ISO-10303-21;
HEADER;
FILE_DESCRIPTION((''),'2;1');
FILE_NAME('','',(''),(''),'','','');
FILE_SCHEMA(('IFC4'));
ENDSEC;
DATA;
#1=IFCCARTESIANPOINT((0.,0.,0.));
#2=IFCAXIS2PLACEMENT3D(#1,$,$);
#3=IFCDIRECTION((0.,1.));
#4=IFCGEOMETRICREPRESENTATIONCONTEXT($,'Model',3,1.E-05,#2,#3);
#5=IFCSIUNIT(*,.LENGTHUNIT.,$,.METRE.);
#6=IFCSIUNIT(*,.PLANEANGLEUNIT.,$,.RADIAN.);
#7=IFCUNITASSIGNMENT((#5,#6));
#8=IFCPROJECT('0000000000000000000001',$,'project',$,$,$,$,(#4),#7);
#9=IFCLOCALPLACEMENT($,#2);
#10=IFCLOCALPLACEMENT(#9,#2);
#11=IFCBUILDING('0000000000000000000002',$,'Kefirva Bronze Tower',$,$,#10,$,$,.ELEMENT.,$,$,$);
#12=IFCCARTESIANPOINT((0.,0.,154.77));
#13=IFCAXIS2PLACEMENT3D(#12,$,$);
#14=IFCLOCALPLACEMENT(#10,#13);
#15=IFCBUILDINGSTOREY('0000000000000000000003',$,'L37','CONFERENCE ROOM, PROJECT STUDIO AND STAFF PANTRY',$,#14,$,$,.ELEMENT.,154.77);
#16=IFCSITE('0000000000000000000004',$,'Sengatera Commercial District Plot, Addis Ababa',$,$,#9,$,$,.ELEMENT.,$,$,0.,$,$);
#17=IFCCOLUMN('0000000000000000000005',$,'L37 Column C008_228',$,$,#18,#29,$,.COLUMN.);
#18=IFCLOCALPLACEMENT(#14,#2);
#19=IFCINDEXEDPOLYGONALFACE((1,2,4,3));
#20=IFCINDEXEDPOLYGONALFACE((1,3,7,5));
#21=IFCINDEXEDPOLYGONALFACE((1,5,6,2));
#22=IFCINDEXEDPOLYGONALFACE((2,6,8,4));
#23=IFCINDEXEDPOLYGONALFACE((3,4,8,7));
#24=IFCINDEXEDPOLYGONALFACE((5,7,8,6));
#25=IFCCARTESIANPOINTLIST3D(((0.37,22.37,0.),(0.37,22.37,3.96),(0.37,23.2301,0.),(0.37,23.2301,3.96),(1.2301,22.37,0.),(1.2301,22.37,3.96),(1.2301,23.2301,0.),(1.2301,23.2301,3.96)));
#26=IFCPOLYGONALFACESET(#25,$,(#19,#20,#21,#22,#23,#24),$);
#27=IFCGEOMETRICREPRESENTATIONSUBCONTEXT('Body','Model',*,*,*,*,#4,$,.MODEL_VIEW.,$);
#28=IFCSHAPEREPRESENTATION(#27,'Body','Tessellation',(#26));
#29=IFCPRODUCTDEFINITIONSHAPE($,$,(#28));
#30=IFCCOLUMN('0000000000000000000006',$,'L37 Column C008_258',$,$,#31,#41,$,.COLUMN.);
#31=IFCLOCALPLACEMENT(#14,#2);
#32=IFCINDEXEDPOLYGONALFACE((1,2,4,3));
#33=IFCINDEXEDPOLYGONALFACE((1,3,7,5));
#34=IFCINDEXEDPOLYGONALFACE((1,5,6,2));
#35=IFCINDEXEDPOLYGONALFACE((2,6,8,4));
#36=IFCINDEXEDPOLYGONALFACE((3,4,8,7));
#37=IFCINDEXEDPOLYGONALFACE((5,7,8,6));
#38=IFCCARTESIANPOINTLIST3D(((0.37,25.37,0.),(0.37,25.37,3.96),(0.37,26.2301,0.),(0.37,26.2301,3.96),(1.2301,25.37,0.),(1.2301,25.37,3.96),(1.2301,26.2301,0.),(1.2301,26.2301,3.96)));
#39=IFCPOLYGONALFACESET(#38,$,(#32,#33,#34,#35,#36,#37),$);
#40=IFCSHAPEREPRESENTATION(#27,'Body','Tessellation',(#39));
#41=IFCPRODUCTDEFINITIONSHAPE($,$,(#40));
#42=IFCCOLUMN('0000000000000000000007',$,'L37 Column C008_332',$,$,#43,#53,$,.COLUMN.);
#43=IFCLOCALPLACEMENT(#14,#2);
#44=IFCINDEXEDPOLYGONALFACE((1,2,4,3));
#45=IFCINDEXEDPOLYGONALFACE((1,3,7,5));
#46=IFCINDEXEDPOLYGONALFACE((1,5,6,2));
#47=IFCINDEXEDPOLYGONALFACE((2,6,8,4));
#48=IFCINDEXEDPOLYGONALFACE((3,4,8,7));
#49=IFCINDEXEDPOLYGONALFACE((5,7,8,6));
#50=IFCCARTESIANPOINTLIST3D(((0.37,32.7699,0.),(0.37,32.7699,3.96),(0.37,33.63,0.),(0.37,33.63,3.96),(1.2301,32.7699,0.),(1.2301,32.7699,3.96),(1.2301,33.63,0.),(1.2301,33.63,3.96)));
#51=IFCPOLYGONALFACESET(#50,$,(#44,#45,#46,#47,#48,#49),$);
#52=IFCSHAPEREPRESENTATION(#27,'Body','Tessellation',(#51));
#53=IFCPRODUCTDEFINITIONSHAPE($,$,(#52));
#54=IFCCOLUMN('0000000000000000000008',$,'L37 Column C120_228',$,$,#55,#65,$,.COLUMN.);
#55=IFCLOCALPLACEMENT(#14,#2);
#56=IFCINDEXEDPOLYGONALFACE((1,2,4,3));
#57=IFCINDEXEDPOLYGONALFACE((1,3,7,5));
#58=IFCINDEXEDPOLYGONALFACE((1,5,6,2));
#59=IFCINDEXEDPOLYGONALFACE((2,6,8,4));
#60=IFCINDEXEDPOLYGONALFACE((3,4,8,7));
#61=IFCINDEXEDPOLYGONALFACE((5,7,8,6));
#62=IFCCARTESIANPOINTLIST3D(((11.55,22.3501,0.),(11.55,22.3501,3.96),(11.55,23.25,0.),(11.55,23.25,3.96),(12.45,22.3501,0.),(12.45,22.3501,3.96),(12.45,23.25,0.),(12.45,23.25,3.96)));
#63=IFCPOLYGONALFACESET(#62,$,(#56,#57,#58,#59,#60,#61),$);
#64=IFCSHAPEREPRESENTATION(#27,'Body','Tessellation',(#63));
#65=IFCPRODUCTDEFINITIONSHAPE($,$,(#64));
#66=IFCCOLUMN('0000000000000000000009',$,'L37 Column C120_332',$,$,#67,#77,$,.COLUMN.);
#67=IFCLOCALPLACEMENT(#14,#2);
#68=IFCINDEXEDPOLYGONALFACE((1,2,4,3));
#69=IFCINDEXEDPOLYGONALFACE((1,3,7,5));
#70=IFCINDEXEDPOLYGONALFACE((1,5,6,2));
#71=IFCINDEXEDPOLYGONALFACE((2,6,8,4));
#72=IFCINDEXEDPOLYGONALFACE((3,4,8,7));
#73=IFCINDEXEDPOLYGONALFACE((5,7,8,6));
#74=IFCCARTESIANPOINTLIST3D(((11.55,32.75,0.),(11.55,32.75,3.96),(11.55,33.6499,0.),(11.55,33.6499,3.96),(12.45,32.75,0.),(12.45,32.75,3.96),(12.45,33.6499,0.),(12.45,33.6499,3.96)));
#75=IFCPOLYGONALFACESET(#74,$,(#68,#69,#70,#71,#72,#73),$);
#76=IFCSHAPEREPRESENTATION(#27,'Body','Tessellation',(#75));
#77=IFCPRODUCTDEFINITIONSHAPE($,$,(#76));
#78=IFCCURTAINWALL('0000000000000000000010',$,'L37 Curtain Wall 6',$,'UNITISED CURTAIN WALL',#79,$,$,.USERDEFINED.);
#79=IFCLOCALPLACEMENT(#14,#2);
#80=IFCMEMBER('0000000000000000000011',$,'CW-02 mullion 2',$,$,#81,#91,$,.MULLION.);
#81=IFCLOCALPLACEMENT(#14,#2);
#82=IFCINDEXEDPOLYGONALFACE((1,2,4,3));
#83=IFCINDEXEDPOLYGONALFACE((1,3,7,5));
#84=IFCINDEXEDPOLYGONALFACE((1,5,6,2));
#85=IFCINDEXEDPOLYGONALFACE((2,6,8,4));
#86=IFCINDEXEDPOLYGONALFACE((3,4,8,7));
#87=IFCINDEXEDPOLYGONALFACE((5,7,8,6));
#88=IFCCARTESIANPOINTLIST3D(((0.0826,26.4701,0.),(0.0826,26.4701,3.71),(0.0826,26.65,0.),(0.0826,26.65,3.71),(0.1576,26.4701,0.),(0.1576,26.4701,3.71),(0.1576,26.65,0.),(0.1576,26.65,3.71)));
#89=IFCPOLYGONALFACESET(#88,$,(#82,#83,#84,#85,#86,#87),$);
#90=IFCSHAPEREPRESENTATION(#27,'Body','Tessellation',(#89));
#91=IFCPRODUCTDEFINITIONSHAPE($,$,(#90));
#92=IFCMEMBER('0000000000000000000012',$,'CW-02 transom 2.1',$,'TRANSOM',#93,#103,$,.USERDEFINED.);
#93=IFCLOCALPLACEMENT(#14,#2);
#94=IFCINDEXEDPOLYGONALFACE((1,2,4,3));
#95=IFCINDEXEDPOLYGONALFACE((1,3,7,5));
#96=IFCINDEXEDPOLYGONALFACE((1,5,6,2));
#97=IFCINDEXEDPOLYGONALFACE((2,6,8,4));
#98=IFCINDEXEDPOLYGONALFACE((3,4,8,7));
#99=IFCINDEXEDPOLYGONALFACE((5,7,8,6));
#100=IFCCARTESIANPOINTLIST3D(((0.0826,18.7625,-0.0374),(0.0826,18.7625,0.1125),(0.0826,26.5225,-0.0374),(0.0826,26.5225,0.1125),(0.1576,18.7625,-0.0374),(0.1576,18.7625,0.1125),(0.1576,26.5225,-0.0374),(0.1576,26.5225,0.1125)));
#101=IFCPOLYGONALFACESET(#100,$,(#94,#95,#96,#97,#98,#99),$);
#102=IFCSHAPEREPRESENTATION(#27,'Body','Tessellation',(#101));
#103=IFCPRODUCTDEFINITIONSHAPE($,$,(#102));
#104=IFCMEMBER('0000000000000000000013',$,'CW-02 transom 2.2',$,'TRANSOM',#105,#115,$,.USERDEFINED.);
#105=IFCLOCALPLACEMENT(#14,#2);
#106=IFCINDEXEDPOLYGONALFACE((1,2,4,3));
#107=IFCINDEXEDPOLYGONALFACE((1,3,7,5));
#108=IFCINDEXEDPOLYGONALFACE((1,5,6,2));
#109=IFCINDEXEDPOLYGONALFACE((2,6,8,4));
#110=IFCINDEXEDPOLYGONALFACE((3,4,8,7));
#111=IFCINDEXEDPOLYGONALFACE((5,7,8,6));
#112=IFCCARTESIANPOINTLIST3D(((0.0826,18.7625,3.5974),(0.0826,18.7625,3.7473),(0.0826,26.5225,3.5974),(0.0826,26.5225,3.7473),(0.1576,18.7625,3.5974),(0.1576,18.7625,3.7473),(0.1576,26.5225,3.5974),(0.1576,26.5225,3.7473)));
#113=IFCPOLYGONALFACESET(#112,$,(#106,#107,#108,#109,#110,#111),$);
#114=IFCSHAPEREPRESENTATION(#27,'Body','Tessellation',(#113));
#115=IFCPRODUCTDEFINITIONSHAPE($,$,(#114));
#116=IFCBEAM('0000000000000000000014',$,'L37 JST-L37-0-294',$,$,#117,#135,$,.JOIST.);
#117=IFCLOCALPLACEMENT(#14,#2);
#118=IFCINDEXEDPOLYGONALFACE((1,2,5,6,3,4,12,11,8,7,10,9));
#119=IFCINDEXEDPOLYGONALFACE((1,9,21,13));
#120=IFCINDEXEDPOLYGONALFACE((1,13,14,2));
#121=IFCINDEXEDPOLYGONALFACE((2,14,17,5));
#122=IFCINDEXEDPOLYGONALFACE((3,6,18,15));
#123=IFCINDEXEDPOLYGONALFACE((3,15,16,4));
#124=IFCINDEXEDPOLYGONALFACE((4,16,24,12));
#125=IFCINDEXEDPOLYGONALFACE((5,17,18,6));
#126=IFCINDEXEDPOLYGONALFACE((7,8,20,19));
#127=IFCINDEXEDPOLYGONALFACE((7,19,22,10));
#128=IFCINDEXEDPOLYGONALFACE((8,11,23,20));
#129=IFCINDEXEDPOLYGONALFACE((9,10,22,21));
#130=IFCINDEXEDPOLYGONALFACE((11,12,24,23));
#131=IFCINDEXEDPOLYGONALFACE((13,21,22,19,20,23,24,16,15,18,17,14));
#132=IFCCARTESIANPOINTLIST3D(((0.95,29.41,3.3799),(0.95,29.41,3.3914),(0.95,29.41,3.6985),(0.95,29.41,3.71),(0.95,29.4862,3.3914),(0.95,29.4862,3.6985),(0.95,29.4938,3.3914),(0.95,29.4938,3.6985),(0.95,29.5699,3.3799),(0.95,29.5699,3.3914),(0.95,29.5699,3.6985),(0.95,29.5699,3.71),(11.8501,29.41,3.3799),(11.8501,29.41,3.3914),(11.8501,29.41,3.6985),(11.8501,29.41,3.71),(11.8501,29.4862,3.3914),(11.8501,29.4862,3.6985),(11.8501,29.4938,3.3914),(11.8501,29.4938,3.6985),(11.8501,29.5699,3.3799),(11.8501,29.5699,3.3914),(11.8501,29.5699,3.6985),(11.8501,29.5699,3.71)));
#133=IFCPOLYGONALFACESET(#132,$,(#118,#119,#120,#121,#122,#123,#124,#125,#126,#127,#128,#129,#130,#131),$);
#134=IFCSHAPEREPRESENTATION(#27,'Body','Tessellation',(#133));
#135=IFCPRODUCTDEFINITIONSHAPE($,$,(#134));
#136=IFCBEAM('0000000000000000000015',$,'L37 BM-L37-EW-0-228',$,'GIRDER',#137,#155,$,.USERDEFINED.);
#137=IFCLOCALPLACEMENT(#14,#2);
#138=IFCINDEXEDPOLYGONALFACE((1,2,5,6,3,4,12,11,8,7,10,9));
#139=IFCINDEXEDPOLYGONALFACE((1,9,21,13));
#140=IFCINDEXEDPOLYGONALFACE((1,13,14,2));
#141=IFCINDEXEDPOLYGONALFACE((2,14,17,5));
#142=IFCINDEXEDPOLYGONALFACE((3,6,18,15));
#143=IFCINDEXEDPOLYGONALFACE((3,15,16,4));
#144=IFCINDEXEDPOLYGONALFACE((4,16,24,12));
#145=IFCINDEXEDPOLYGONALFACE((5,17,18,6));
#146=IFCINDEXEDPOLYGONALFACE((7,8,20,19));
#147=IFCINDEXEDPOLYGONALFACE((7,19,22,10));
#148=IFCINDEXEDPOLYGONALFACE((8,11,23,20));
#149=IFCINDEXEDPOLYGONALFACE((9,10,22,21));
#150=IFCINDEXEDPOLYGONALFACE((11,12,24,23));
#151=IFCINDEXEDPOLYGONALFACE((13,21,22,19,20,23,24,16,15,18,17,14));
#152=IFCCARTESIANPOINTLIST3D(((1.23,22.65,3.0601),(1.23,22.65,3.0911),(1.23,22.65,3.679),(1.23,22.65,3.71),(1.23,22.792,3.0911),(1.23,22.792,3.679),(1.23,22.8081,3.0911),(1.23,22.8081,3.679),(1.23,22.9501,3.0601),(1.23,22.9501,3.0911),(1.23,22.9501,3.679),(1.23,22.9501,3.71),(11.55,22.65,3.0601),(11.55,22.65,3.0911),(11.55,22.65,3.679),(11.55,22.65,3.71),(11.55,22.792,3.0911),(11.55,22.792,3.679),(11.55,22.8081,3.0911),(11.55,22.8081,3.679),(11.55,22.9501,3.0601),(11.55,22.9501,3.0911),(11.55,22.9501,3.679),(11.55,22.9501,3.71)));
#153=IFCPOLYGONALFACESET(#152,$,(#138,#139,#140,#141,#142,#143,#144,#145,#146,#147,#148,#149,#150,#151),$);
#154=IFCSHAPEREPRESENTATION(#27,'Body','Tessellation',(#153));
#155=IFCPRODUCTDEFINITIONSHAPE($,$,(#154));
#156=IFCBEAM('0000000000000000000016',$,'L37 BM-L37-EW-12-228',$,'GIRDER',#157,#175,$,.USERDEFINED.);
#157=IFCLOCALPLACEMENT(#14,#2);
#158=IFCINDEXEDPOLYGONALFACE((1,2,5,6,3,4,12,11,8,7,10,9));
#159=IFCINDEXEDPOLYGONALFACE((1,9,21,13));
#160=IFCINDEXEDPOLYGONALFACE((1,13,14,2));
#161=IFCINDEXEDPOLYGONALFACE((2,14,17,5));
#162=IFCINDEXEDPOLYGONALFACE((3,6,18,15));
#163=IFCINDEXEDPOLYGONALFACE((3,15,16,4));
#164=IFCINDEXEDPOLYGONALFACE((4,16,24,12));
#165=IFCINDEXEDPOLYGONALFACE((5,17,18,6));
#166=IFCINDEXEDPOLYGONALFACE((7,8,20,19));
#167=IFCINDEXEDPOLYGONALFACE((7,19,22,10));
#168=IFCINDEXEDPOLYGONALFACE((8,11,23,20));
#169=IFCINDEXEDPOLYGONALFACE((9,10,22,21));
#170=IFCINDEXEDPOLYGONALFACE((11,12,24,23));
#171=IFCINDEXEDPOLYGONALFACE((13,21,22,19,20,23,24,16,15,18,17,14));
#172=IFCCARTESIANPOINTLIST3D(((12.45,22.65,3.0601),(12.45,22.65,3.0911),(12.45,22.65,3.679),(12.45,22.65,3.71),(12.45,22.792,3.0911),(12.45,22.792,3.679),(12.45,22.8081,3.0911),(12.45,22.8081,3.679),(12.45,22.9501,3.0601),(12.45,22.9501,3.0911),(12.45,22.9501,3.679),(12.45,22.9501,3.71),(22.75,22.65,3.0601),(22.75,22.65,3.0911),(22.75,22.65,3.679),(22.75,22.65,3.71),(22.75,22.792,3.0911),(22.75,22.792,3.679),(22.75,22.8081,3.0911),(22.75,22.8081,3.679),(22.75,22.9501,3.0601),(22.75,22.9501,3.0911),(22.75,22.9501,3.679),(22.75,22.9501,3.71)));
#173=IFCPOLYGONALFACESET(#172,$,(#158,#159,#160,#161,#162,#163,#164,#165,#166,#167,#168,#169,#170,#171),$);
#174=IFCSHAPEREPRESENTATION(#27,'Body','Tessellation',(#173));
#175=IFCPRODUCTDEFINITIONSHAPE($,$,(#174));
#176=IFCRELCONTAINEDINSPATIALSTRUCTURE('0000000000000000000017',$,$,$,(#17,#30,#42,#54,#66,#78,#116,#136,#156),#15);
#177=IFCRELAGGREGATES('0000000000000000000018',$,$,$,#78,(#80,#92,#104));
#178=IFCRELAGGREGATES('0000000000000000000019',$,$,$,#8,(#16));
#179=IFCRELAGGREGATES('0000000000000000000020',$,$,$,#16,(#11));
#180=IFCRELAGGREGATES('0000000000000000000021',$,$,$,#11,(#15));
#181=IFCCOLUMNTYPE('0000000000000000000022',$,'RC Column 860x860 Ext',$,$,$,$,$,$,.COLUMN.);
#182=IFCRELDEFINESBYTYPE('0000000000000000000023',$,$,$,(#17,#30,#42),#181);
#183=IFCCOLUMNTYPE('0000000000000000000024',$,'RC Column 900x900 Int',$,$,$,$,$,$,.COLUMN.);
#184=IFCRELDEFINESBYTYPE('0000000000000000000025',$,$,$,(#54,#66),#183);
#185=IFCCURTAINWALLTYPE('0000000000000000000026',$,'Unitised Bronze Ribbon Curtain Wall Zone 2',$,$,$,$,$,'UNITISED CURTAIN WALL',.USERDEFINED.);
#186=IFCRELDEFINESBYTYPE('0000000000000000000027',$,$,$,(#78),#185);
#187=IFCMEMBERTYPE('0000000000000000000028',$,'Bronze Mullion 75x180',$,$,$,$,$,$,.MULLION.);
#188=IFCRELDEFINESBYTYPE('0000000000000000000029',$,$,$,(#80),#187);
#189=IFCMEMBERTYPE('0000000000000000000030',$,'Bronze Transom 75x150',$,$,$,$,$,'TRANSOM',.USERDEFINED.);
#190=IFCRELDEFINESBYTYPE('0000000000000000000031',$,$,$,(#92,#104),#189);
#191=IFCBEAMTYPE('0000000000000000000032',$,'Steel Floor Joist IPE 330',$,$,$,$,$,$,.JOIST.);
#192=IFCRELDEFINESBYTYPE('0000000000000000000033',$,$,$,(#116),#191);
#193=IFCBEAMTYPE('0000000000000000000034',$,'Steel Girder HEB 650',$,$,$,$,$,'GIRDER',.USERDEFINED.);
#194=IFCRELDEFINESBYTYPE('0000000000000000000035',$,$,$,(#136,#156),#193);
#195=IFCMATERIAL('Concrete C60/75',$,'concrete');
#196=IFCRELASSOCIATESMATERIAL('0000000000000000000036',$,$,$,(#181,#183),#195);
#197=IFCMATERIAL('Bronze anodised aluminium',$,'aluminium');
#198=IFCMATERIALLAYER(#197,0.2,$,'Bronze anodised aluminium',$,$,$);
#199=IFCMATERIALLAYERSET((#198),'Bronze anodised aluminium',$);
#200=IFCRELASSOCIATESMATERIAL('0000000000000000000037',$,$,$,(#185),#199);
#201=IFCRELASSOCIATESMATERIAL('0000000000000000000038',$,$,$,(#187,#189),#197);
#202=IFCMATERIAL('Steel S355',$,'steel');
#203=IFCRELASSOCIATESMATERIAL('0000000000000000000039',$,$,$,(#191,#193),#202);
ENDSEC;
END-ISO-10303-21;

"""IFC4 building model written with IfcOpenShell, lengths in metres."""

from ifc_helpers import new_model, si_unit, direction, frame, origin, origin_2d, place, context, subcontext, project, spatial, rectangle, i_section, extrude, material, layer, layer_set, material_profile, profile_set, type_object, element, aggregate, save


model = new_model("IFC4")

# Units and contexts
model_context = context("Model", 3, precision=1e-05, world=origin(), true_north=direction((0.0, 1.0)))
body_context = subcontext(model_context, "Body", "Model", "MODEL_VIEW")
ifc_project = project(units=[si_unit("LENGTHUNIT", "METRE"), si_unit("PLANEANGLEUNIT", "RADIAN")], contexts=[model_context])

# Site, building, storey
site_placement = place(None, origin())
site = spatial("IfcSite", under=ifc_project, at=site_placement, Name="Sengatera Commercial District Plot, Addis Ababa", CompositionType="ELEMENT", RefElevation=0.0)
building_placement = place(site_placement, origin())
building = spatial("IfcBuilding", under=site, at=building_placement, Name="Kefirva Bronze Tower", CompositionType="ELEMENT")
storey_placement = place(building_placement, frame((0.0, 0.0, 154.77)))
storey = spatial("IfcBuildingStorey", under=building, at=storey_placement, Name="L37", Description="CONFERENCE ROOM, PROJECT STUDIO AND STAFF PANTRY", CompositionType="ELEMENT", Elevation=154.77)

# Columns
ifc_material_1 = material(Name="Concrete C60/75", Category="concrete")
ifc_material_profile_1 = material_profile(ifc_material_1, rectangle(XDim=0.8601, YDim=0.8601, at=origin_2d()), Name="RC 860x860")
ifc_profile_set_1 = profile_set([ifc_material_profile_1], Name="Concrete C60/75")
column_type_1 = type_object("IfcColumnType", Name="RC Column 860x860 Ext", PredefinedType="COLUMN", material=ifc_profile_set_1)
for number, where, z_axis, x_axis, name in (
    (1, (0.8, 22.8, 0.0), (0.0, 0.0, 1.0), (1.0, 0.0, 0.0), "L37 Column C008_228"),
    (2, (0.8, 25.8, 0.0), (0.0, 0.0, 1.0), (1.0, 0.0, 0.0), "L37 Column C008_258"),
    (3, (0.8, 33.2, 0.0), (0.0, 0.0, 1.0), (1.0, 0.0, 0.0), "L37 Column C008_332"),
):
    element("IfcColumn", number, at=place(storey_placement, frame(where, z_axis=z_axis, x_axis=x_axis)), inside=storey, type_object=column_type_1, Name=name, PredefinedType="COLUMN", context=body_context, shape_type="SweptSolid", body=[
        extrude(rectangle(XDim=0.8601, YDim=0.8601, at=origin_2d()), origin(), (0.0, 0.0, 1.0), 3.96),
    ])
ifc_material_profile_2 = material_profile(ifc_material_1, rectangle(XDim=0.8999, YDim=0.8999, at=origin_2d()), Name="RC 900x900")
ifc_profile_set_2 = profile_set([ifc_material_profile_2], Name="Concrete C60/75")
column_type_2 = type_object("IfcColumnType", Name="RC Column 900x900 Int", PredefinedType="COLUMN", material=ifc_profile_set_2)
for number, where, z_axis, x_axis, name in (
    (4, (12.0, 22.8, 0.0), (0.0, 0.0, 1.0), (1.0, 0.0, 0.0), "L37 Column C120_228"),
    (5, (12.0, 33.2, 0.0), (0.0, 0.0, 1.0), (1.0, 0.0, 0.0), "L37 Column C120_332"),
):
    element("IfcColumn", number, at=place(storey_placement, frame(where, z_axis=z_axis, x_axis=x_axis)), inside=storey, type_object=column_type_2, Name=name, PredefinedType="COLUMN", context=body_context, shape_type="SweptSolid", body=[
        extrude(rectangle(XDim=0.8999, YDim=0.8999, at=origin_2d()), origin(), (0.0, 0.0, 1.0), 3.96),
    ])

# Curtain wall, members
ifc_material_2 = material(Name="Bronze anodised aluminium", Category="aluminium")
ifc_layer_1 = layer(ifc_material_2, 0.2, Name="Bronze anodised aluminium")
ifc_layer_set_1 = layer_set([ifc_layer_1], Name="Bronze anodised aluminium")
curtain_wall_type = type_object("IfcCurtainWallType", Name="Unitised Bronze Ribbon Curtain Wall Zone 2", ElementType="UNITISED CURTAIN WALL", PredefinedType="USERDEFINED", material=ifc_layer_set_1)
curtain_wall_placement = place(storey_placement, origin())
curtain_wall = element("IfcCurtainWall", 6, at=curtain_wall_placement, inside=storey, type_object=curtain_wall_type, Name="L37 Curtain Wall 6", ObjectType="UNITISED CURTAIN WALL", PredefinedType="USERDEFINED")
ifc_material_profile_3 = material_profile(ifc_material_2, rectangle(XDim=0.075, YDim=0.1799, at=origin_2d()), Name="ALU 75x180")
ifc_profile_set_3 = profile_set([ifc_material_profile_3], Name="Bronze anodised aluminium")
member_type_1 = type_object("IfcMemberType", Name="Bronze Mullion 75x180", PredefinedType="MULLION", material=ifc_profile_set_3)
member_1_placement = place(storey_placement, frame((0.1201, 26.5601, 0.0), z_axis=(0.0, 0.0, 1.0), x_axis=(1.0, 0.0, 0.0)))
member_1 = element("IfcMember", 7, at=member_1_placement, type_object=member_type_1, Name="CW-02 mullion 2", PredefinedType="MULLION", context=body_context, shape_type="SweptSolid", body=[
    extrude(rectangle(XDim=0.075, YDim=0.1799, at=origin_2d()), origin(), (0.0, 0.0, 1.0), 3.71),
])
ifc_material_profile_4 = material_profile(ifc_material_2, rectangle(XDim=0.075, YDim=0.1499, at=origin_2d()), Name="ALU 75x150")
ifc_profile_set_4 = profile_set([ifc_material_profile_4], Name="Bronze anodised aluminium")
member_type_2 = type_object("IfcMemberType", Name="Bronze Transom 75x150", ElementType="TRANSOM", PredefinedType="USERDEFINED", material=ifc_profile_set_4)
member_2_placement = place(storey_placement, frame((0.1201, 26.5225, 0.0376), z_axis=(0.0, -1.0, 0.0), x_axis=(1.0, 0.0, 0.0)))
member_2 = element("IfcMember", 8, at=member_2_placement, type_object=member_type_2, Name="CW-02 transom 2.1", ObjectType="TRANSOM", PredefinedType="USERDEFINED", context=body_context, shape_type="SweptSolid", body=[
    extrude(rectangle(XDim=0.075, YDim=0.1499, at=origin_2d()), origin(), (0.0, 0.0, 1.0), 7.76),
])
member_3_placement = place(storey_placement, frame((0.1201, 26.5225, 3.6724), z_axis=(0.0, -1.0, 0.0), x_axis=(1.0, 0.0, 0.0)))
member_3 = element("IfcMember", 9, at=member_3_placement, type_object=member_type_2, Name="CW-02 transom 2.2", ObjectType="TRANSOM", PredefinedType="USERDEFINED", context=body_context, shape_type="SweptSolid", body=[
    extrude(rectangle(XDim=0.075, YDim=0.1499, at=origin_2d()), origin(), (0.0, 0.0, 1.0), 7.76),
])

# Beams
ifc_material_3 = material(Name="Steel S355", Category="steel")
ifc_material_profile_5 = material_profile(ifc_material_3, i_section(OverallWidth=0.1599, OverallDepth=0.3301, WebThickness=0.0076, FlangeThickness=0.0115, at=origin_2d()), Name="IPE 330")
ifc_profile_set_5 = profile_set([ifc_material_profile_5], Name="Steel S355")
beam_type_1 = type_object("IfcBeamType", Name="Steel Floor Joist IPE 330", PredefinedType="JOIST", material=ifc_profile_set_5)
beam_1_placement = place(storey_placement, frame((0.95, 29.49, 3.5449), z_axis=(1.0, 0.0, 0.0), x_axis=(0.0, 1.0, 0.0)))
element("IfcBeam", 10, at=beam_1_placement, inside=storey, type_object=beam_type_1, Name="L37 JST-L37-0-294", PredefinedType="JOIST", context=body_context, shape_type="SweptSolid", body=[
    extrude(i_section(OverallWidth=0.1599, OverallDepth=0.3301, WebThickness=0.0076, FlangeThickness=0.0115, at=origin_2d()), origin(), (0.0, 0.0, 1.0), 10.9001),
])
ifc_material_profile_6 = material_profile(ifc_material_3, i_section(OverallWidth=0.3, OverallDepth=0.6499, WebThickness=0.0161, FlangeThickness=0.031, at=origin_2d()), Name="HEB 650")
ifc_profile_set_6 = profile_set([ifc_material_profile_6], Name="Steel S355")
beam_type_2 = type_object("IfcBeamType", Name="Steel Girder HEB 650", ElementType="GIRDER", PredefinedType="USERDEFINED", material=ifc_profile_set_6)
beam_2_placement = place(storey_placement, frame((1.23, 22.8, 3.385), z_axis=(1.0, 0.0, 0.0), x_axis=(0.0, 1.0, 0.0)))
element("IfcBeam", 11, at=beam_2_placement, inside=storey, type_object=beam_type_2, Name="L37 BM-L37-EW-0-228", ObjectType="GIRDER", PredefinedType="USERDEFINED", context=body_context, shape_type="SweptSolid", body=[
    extrude(i_section(OverallWidth=0.3, OverallDepth=0.6499, WebThickness=0.0161, FlangeThickness=0.031, at=origin_2d()), origin(), (0.0, 0.0, 1.0), 10.3201),
])
beam_3_placement = place(storey_placement, frame((12.45, 22.8, 3.385), z_axis=(1.0, 0.0, 0.0), x_axis=(0.0, 1.0, 0.0)))
element("IfcBeam", 12, at=beam_3_placement, inside=storey, type_object=beam_type_2, Name="L37 BM-L37-EW-12-228", ObjectType="GIRDER", PredefinedType="USERDEFINED", context=body_context, shape_type="SweptSolid", body=[
    extrude(i_section(OverallWidth=0.3, OverallDepth=0.6499, WebThickness=0.0161, FlangeThickness=0.031, at=origin_2d()), origin(), (0.0, 0.0, 1.0), 10.3),
])

aggregate(curtain_wall, [member_1, member_2, member_3])

save(model, "model.ifc")
